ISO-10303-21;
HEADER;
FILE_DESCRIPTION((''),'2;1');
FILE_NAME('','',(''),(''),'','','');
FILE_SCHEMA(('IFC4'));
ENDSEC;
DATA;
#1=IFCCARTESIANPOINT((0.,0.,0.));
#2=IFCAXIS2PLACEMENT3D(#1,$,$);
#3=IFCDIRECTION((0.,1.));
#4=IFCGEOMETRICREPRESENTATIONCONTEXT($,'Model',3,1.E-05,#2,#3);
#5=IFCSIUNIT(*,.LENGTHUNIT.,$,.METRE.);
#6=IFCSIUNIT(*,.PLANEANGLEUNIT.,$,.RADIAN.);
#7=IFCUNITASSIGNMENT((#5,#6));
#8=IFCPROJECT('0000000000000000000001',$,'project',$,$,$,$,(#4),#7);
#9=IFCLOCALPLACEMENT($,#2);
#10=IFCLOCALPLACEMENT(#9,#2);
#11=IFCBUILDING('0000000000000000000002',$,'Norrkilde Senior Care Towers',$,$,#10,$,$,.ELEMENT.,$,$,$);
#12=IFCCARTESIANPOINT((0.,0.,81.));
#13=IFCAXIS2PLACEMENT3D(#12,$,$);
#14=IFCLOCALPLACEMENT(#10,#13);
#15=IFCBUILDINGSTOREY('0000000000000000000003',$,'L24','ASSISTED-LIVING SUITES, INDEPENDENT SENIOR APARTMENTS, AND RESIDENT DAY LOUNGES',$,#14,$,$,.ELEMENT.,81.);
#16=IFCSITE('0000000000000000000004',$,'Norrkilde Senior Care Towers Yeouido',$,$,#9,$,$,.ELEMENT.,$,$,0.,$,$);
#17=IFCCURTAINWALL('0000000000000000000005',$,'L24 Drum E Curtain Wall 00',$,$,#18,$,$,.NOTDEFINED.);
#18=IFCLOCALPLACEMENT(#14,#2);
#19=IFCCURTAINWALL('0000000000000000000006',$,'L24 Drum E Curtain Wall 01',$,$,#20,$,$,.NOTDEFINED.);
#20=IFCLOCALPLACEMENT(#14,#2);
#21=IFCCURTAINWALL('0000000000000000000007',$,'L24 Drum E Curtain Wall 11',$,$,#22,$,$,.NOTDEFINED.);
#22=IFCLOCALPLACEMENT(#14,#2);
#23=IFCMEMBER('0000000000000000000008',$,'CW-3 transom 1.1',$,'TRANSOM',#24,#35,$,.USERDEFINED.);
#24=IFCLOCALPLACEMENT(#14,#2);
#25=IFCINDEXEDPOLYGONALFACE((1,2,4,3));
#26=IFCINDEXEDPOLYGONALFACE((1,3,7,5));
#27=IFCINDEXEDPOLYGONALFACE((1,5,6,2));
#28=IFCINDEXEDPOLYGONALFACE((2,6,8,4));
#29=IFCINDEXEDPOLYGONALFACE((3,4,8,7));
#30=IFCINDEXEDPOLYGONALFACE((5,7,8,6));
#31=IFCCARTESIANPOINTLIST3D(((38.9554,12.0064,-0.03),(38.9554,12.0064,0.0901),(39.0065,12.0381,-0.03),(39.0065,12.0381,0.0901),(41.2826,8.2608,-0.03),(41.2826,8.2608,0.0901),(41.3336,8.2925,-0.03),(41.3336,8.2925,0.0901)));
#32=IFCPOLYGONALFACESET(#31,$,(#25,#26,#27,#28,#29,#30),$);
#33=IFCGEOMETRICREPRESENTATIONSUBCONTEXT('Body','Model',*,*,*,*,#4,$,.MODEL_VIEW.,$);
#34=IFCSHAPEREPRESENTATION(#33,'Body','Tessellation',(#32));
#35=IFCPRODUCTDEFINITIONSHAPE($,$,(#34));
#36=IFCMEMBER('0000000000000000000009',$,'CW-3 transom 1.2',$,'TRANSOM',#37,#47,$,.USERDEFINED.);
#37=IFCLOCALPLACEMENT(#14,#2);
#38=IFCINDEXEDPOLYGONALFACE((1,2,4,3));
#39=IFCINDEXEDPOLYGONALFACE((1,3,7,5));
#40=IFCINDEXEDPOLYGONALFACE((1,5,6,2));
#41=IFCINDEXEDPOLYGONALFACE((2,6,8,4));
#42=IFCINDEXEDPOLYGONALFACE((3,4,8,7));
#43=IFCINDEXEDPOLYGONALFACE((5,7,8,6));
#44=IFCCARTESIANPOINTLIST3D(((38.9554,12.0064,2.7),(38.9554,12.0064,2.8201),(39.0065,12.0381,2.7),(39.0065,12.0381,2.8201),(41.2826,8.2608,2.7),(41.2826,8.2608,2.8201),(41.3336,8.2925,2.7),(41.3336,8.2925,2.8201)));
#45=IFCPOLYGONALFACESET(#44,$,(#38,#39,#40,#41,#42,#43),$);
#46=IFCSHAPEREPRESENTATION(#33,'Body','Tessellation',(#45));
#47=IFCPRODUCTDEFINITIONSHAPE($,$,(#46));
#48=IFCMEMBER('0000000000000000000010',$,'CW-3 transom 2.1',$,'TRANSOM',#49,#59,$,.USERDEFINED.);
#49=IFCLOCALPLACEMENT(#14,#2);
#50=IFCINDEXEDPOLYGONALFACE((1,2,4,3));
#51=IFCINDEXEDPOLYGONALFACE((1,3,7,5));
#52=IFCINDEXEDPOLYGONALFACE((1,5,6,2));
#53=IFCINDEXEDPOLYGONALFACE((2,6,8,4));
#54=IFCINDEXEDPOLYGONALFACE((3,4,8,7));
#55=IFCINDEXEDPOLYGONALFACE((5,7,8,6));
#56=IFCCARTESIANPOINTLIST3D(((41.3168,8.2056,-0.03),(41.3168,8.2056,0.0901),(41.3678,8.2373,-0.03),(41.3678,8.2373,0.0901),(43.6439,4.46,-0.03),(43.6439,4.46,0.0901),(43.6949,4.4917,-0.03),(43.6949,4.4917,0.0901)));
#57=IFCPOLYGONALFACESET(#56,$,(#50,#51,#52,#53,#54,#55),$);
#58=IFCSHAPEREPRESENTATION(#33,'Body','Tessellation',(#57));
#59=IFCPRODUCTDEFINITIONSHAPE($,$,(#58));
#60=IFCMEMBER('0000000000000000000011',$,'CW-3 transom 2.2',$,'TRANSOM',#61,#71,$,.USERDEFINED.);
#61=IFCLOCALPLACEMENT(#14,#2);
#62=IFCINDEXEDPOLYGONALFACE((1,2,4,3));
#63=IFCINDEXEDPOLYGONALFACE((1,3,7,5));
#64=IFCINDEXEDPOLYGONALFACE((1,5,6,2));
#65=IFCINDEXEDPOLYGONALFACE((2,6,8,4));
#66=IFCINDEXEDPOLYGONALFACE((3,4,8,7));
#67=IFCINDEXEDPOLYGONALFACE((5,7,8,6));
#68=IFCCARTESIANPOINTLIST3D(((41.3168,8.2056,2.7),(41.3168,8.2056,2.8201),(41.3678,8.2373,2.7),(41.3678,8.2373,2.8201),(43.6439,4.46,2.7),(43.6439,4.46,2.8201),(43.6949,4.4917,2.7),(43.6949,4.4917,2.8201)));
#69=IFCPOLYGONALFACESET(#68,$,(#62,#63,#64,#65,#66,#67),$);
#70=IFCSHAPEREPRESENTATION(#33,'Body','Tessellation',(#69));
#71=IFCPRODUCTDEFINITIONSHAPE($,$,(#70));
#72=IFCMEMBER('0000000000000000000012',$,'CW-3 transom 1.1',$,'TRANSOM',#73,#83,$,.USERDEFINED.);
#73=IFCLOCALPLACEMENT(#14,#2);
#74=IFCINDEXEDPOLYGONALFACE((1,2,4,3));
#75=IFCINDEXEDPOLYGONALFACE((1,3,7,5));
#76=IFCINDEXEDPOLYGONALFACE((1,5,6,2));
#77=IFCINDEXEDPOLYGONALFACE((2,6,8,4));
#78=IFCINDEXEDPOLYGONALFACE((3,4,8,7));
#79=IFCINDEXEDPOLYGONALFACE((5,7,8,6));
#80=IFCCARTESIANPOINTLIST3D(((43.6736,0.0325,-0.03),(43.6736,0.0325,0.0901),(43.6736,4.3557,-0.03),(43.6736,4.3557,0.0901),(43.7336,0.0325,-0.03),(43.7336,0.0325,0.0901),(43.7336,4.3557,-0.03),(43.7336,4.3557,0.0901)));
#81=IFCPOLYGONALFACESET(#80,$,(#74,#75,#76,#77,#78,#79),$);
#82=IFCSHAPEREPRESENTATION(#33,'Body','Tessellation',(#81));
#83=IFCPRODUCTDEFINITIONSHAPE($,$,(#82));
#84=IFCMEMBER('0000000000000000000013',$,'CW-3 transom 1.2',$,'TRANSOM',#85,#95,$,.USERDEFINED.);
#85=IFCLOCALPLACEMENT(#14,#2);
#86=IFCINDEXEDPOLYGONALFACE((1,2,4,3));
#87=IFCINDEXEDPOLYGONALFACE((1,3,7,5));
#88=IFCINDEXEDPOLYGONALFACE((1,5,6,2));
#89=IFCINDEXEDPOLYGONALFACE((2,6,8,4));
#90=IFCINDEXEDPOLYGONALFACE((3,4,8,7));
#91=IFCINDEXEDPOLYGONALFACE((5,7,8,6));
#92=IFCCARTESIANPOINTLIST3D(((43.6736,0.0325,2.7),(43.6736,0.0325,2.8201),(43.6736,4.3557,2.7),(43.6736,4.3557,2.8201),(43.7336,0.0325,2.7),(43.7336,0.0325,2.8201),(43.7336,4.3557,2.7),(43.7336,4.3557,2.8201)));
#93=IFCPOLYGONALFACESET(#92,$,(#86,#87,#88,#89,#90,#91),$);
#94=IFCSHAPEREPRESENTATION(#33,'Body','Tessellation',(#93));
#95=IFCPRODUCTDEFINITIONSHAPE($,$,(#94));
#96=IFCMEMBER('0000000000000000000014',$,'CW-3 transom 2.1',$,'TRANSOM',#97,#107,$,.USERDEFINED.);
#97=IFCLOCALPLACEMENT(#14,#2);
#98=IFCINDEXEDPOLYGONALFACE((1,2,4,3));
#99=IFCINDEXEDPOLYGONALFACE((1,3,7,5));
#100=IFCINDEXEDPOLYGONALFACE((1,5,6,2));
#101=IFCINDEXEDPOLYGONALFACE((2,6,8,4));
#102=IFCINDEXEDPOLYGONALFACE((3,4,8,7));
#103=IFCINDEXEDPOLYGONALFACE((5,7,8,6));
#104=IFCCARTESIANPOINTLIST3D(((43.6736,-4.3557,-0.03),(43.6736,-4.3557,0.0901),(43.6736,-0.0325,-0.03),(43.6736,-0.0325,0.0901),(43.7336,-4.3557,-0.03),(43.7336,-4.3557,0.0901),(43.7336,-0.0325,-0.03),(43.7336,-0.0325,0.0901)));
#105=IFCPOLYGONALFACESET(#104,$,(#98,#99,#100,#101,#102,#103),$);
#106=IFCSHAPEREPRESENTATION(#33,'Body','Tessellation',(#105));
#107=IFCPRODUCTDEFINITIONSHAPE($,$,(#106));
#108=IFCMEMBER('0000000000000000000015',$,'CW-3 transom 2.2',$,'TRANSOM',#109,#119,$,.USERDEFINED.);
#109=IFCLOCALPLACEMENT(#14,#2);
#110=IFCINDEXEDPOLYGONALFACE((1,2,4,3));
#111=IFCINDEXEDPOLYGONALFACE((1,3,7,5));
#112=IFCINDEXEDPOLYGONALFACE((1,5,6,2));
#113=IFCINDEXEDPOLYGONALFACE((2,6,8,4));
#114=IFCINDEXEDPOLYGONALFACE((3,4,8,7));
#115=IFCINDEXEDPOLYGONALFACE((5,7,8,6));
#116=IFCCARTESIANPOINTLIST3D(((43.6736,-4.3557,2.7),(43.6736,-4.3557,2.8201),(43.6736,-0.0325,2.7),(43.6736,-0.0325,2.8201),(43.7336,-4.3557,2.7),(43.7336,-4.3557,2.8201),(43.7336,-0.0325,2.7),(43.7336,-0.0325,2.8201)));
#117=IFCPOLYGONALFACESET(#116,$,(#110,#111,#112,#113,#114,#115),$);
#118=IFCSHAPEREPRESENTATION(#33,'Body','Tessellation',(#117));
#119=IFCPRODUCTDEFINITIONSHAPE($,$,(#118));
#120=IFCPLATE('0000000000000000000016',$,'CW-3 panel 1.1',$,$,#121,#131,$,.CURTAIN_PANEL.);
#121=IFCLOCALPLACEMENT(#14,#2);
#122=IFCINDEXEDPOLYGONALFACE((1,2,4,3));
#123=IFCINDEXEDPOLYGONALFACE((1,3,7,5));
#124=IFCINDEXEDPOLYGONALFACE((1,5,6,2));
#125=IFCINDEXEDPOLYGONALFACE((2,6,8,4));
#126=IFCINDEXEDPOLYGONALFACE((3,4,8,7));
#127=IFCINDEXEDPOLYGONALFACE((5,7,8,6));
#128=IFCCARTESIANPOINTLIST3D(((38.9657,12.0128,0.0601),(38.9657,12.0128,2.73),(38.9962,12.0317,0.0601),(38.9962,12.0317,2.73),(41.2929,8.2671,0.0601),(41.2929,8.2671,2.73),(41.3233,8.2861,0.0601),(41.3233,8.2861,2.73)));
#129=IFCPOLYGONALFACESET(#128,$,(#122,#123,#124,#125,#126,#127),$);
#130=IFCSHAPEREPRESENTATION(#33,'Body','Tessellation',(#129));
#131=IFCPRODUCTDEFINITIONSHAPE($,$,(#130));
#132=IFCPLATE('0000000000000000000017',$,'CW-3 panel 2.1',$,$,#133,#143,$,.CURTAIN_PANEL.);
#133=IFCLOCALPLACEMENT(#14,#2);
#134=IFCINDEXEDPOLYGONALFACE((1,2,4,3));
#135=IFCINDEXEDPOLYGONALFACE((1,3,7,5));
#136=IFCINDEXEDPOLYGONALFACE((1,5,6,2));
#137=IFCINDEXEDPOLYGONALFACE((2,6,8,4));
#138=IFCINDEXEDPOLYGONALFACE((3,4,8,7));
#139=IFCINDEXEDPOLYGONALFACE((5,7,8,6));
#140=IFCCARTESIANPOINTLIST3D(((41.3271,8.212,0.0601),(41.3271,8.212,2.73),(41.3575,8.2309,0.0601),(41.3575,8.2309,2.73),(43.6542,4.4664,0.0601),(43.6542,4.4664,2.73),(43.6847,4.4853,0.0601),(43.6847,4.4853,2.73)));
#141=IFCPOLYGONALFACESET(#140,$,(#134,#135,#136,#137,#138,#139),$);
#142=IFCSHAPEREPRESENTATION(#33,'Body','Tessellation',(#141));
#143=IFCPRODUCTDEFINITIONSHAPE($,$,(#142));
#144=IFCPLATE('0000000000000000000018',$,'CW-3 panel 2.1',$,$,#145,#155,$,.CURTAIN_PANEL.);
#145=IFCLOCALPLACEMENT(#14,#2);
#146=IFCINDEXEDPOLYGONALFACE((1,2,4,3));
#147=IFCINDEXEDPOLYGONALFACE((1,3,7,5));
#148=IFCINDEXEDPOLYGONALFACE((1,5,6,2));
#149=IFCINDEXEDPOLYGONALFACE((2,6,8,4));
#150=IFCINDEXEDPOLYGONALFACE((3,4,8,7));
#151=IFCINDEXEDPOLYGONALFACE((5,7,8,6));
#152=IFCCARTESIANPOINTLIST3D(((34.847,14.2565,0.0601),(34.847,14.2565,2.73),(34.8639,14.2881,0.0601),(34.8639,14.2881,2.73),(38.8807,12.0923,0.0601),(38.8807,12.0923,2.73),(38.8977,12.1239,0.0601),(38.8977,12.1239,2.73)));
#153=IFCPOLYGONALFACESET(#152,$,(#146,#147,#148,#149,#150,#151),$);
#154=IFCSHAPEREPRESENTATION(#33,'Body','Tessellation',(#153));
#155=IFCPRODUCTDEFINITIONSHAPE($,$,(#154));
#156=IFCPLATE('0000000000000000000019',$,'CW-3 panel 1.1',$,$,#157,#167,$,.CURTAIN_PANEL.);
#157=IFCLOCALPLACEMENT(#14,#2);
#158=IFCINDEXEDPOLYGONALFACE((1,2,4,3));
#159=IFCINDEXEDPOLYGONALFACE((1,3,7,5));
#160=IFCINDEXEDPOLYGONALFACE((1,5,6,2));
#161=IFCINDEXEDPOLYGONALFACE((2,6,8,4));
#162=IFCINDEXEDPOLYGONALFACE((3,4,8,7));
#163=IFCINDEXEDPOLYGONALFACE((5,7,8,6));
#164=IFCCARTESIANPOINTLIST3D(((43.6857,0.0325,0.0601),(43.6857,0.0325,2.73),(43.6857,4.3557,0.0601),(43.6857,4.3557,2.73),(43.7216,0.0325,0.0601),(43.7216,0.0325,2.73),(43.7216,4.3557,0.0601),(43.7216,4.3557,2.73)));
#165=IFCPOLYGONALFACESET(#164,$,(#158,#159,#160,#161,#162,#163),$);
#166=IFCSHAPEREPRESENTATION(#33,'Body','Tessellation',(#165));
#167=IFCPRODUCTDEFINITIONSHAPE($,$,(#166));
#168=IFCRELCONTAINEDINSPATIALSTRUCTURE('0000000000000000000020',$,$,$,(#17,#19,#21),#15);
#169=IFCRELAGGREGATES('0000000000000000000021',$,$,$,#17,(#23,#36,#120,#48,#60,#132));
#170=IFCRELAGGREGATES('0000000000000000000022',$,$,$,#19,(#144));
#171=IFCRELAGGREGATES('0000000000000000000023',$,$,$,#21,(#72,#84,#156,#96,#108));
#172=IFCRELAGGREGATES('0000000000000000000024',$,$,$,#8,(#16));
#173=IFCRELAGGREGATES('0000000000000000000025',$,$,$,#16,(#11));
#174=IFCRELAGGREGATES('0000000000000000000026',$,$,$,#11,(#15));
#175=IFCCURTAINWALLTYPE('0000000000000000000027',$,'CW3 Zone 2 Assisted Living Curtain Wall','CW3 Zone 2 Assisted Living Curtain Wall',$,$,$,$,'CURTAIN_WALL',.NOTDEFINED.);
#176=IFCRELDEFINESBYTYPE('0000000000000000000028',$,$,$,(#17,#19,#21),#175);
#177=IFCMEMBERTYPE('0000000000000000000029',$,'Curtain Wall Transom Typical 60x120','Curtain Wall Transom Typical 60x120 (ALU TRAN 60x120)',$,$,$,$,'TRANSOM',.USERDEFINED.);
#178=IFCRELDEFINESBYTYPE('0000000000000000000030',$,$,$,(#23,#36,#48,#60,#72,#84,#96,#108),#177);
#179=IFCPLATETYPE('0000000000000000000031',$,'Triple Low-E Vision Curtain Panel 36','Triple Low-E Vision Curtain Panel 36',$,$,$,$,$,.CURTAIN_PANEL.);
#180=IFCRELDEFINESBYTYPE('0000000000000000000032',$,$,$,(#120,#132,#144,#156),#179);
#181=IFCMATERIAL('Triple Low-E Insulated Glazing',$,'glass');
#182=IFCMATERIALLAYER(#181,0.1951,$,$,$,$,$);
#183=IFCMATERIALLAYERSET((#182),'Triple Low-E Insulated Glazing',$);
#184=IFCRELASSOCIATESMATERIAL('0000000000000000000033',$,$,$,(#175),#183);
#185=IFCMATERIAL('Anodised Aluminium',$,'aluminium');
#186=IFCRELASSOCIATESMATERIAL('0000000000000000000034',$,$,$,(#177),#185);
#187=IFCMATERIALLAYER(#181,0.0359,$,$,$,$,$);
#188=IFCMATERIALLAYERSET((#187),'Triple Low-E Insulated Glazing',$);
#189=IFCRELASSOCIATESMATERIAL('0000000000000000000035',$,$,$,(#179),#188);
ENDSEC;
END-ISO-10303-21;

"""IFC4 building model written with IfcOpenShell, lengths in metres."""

from ifc_helpers import new_model, si_unit, direction, frame, origin, origin_2d, place, context, subcontext, project, spatial, rectangle, extrude, source, transform, mapped, material, layer, layer_set, material_profile, profile_set, type_object, type_shapes, element, aggregate, save


model = new_model("IFC4")

# Units and contexts
model_context = context("Model", 3, precision=1e-05, world=origin(), true_north=direction((0.0, 1.0)))
body_context = subcontext(model_context, "Body", "Model", "MODEL_VIEW")
ifc_project = project(units=[si_unit("LENGTHUNIT", "METRE"), si_unit("PLANEANGLEUNIT", "RADIAN")], contexts=[model_context])

# Site, building, storey
site_placement = place(None, origin())
site = spatial("IfcSite", under=ifc_project, at=site_placement, Name="Norrkilde Senior Care Towers Yeouido", CompositionType="ELEMENT", RefElevation=0.0)
building_placement = place(site_placement, origin())
building = spatial("IfcBuilding", under=site, at=building_placement, Name="Norrkilde Senior Care Towers", CompositionType="ELEMENT")
storey_placement = place(building_placement, frame((0.0, 0.0, 81.0)))
storey = spatial("IfcBuildingStorey", under=building, at=storey_placement, Name="L24", Description="ASSISTED-LIVING SUITES, INDEPENDENT SENIOR APARTMENTS, AND RESIDENT DAY LOUNGES", CompositionType="ELEMENT", Elevation=81.0)

# Curtain wall
ifc_material_1 = material(Name="Triple Low-E Insulated Glazing", Category="glass")
ifc_layer_1 = layer(ifc_material_1, 0.1951)
ifc_layer_set_1 = layer_set([ifc_layer_1], Name="Triple Low-E Insulated Glazing")
curtain_wall_type = type_object("IfcCurtainWallType", Name="CW3 Zone 2 Assisted Living Curtain Wall", Description="CW3 Zone 2 Assisted Living Curtain Wall", ElementType="CURTAIN_WALL", PredefinedType="NOTDEFINED", material=ifc_layer_set_1)
curtain_wall_1_placement = place(storey_placement, origin())
curtain_wall_1 = element("IfcCurtainWall", 1, at=curtain_wall_1_placement, inside=storey, type_object=curtain_wall_type, Name="L24 Drum E Curtain Wall 00", PredefinedType="NOTDEFINED")
ifc_material_2 = material(Name="Anodised Aluminium", Category="aluminium")

# Curtain wall
curtain_wall_2_placement = place(storey_placement, origin())
curtain_wall_2 = element("IfcCurtainWall", 2, at=curtain_wall_2_placement, inside=storey, type_object=curtain_wall_type, Name="L24 Drum E Curtain Wall 01", PredefinedType="NOTDEFINED")

# Curtain wall
curtain_wall_3_placement = place(storey_placement, origin())
curtain_wall_3 = element("IfcCurtainWall", 3, at=curtain_wall_3_placement, inside=storey, type_object=curtain_wall_type, Name="L24 Drum E Curtain Wall 11", PredefinedType="NOTDEFINED")

# Members
ifc_material_profile_1 = material_profile(ifc_material_2, rectangle(XDim=0.0601, YDim=0.1201, at=origin_2d()), Name="ALU TRAN 60x120")
ifc_profile_set_1 = profile_set([ifc_material_profile_1], Name="Anodised Aluminium")
member_type_1 = type_object("IfcMemberType", Name="Curtain Wall Transom Typical 60x120", Description="Curtain Wall Transom Typical 60x120 (ALU TRAN 60x120)", ElementType="TRANSOM", PredefinedType="USERDEFINED", material=ifc_profile_set_1)
shared_shape_1 = source(origin(), body_context, "Body", "SweptSolid", [
    extrude(rectangle(XDim=0.0601, YDim=0.1201, at=origin_2d()), origin(), (0.0, 0.0, 1.0), 4.4097),
])
member_1_placement = place(storey_placement, frame((38.981, 12.0222, 0.03), z_axis=(0.527738, -0.849407, 0.0), x_axis=(0.849407, 0.527738, 0.0)))
member_1 = element("IfcMember", 4, at=member_1_placement, type_object=member_type_1, Name="CW-3 transom 1.1", ObjectType="TRANSOM", PredefinedType="USERDEFINED", context=body_context, shape_type="MappedRepresentation", body=[
    mapped(shared_shape_1, transform((0.0, 0.0, 0.0), x_axis=(1.0, 0.0, 0.0), y_axis=(0.0, 1.0, 0.0), z_axis=(0.0, 0.0, 1.0), scale=1.0)),
])
member_2_placement = place(storey_placement, frame((38.981, 12.0222, 2.76), z_axis=(0.527738, -0.849407, 0.0), x_axis=(0.849407, 0.527738, 0.0)))
member_2 = element("IfcMember", 5, at=member_2_placement, type_object=member_type_1, Name="CW-3 transom 1.2", ObjectType="TRANSOM", PredefinedType="USERDEFINED", context=body_context, shape_type="MappedRepresentation", body=[
    mapped(shared_shape_1, transform((0.0, 0.0, 0.0), x_axis=(1.0, 0.0, 0.0), y_axis=(0.0, 1.0, 0.0), z_axis=(0.0, 0.0, 1.0), scale=1.0)),
])
member_3_placement = place(storey_placement, frame((41.3423, 8.2214, 0.03), z_axis=(0.527738, -0.849407, 0.0), x_axis=(0.849407, 0.527738, 0.0)))
member_3 = element("IfcMember", 6, at=member_3_placement, type_object=member_type_1, Name="CW-3 transom 2.1", ObjectType="TRANSOM", PredefinedType="USERDEFINED", context=body_context, shape_type="MappedRepresentation", body=[
    mapped(shared_shape_1, transform((0.0, 0.0, 0.0), x_axis=(1.0, 0.0, 0.0), y_axis=(0.0, 1.0, 0.0), z_axis=(0.0, 0.0, 1.0), scale=1.0)),
])
member_4_placement = place(storey_placement, frame((41.3423, 8.2214, 2.76), z_axis=(0.527738, -0.849407, 0.0), x_axis=(0.849407, 0.527738, 0.0)))
member_4 = element("IfcMember", 7, at=member_4_placement, type_object=member_type_1, Name="CW-3 transom 2.2", ObjectType="TRANSOM", PredefinedType="USERDEFINED", context=body_context, shape_type="MappedRepresentation", body=[
    mapped(shared_shape_1, transform((0.0, 0.0, 0.0), x_axis=(1.0, 0.0, 0.0), y_axis=(0.0, 1.0, 0.0), z_axis=(0.0, 0.0, 1.0), scale=1.0)),
])
shared_shape_2 = source(origin(), body_context, "Body", "SweptSolid", [
    extrude(rectangle(XDim=0.0601, YDim=0.1201, at=origin_2d()), origin(), (0.0, 0.0, 1.0), 4.3232),
])
type_shapes(member_type_1, [shared_shape_1, shared_shape_2])
member_5_placement = place(storey_placement, frame((43.7036, 4.3557, 0.03), z_axis=(0.0, -1.0, 0.0), x_axis=(1.0, 0.0, 0.0)))
member_5 = element("IfcMember", 8, at=member_5_placement, type_object=member_type_1, Name="CW-3 transom 1.1", ObjectType="TRANSOM", PredefinedType="USERDEFINED", context=body_context, shape_type="MappedRepresentation", body=[
    mapped(shared_shape_2, transform((0.0, 0.0, 0.0), x_axis=(1.0, 0.0, 0.0), y_axis=(0.0, 1.0, 0.0), z_axis=(0.0, 0.0, 1.0), scale=1.0)),
])
member_6_placement = place(storey_placement, frame((43.7036, 4.3557, 2.76), z_axis=(0.0, -1.0, 0.0), x_axis=(1.0, 0.0, 0.0)))
member_6 = element("IfcMember", 9, at=member_6_placement, type_object=member_type_1, Name="CW-3 transom 1.2", ObjectType="TRANSOM", PredefinedType="USERDEFINED", context=body_context, shape_type="MappedRepresentation", body=[
    mapped(shared_shape_2, transform((0.0, 0.0, 0.0), x_axis=(1.0, 0.0, 0.0), y_axis=(0.0, 1.0, 0.0), z_axis=(0.0, 0.0, 1.0), scale=1.0)),
])
member_7_placement = place(storey_placement, frame((43.7036, -0.0325, 0.03), z_axis=(0.0, -1.0, 0.0), x_axis=(1.0, 0.0, 0.0)))
member_7 = element("IfcMember", 10, at=member_7_placement, type_object=member_type_1, Name="CW-3 transom 2.1", ObjectType="TRANSOM", PredefinedType="USERDEFINED", context=body_context, shape_type="MappedRepresentation", body=[
    mapped(shared_shape_2, transform((0.0, 0.0, 0.0), x_axis=(1.0, 0.0, 0.0), y_axis=(0.0, 1.0, 0.0), z_axis=(0.0, 0.0, 1.0), scale=1.0)),
])
member_8_placement = place(storey_placement, frame((43.7036, -0.0325, 2.76), z_axis=(0.0, -1.0, 0.0), x_axis=(1.0, 0.0, 0.0)))
member_8 = element("IfcMember", 11, at=member_8_placement, type_object=member_type_1, Name="CW-3 transom 2.2", ObjectType="TRANSOM", PredefinedType="USERDEFINED", context=body_context, shape_type="MappedRepresentation", body=[
    mapped(shared_shape_2, transform((0.0, 0.0, 0.0), x_axis=(1.0, 0.0, 0.0), y_axis=(0.0, 1.0, 0.0), z_axis=(0.0, 0.0, 1.0), scale=1.0)),
])

# Plates
ifc_layer_2 = layer(ifc_material_1, 0.0359)
ifc_layer_set_2 = layer_set([ifc_layer_2], Name="Triple Low-E Insulated Glazing")
plate_type = type_object("IfcPlateType", Name="Triple Low-E Vision Curtain Panel 36", Description="Triple Low-E Vision Curtain Panel 36", PredefinedType="CURTAIN_PANEL", material=ifc_layer_set_2)
shared_shape_3 = source(origin(), body_context, "Body", "SweptSolid", [
    extrude(rectangle(XDim=4.4097, YDim=0.0359, at=origin_2d()), origin(), (0.0, 0.0, 1.0), 2.6699),
])
plate_1_placement = place(storey_placement, frame((40.1445, 10.1494, 0.0601), z_axis=(0.0, 0.0, 1.0), x_axis=(0.527733, -0.84941, 0.0)))
plate_1 = element("IfcPlate", 12, at=plate_1_placement, type_object=plate_type, Name="CW-3 panel 1.1", PredefinedType="CURTAIN_PANEL", context=body_context, shape_type="MappedRepresentation", body=[
    mapped(shared_shape_3, transform((0.0, 0.0, 0.0), x_axis=(1.0, 0.0, 0.0), y_axis=(0.0, 1.0, 0.0), z_axis=(0.0, 0.0, 1.0), scale=1.0)),
])
plate_2_placement = place(storey_placement, frame((42.5059, 6.3486, 0.0601), z_axis=(0.0, 0.0, 1.0), x_axis=(0.527733, -0.84941, 0.0)))
plate_2 = element("IfcPlate", 13, at=plate_2_placement, type_object=plate_type, Name="CW-3 panel 2.1", PredefinedType="CURTAIN_PANEL", context=body_context, shape_type="MappedRepresentation", body=[
    mapped(shared_shape_3, transform((0.0, 0.0, 0.0), x_axis=(1.0, 0.0, 0.0), y_axis=(0.0, 1.0, 0.0), z_axis=(0.0, 0.0, 1.0), scale=1.0)),
])
aggregate(curtain_wall_1, [member_1, member_2, plate_1, member_3, member_4, plate_2])
shared_shape_4 = source(origin(), body_context, "Body", "SweptSolid", [
    extrude(rectangle(XDim=4.5776, YDim=0.0359, at=origin_2d()), origin(), (0.0, 0.0, 1.0), 2.6699),
])
plate_3_placement = place(storey_placement, frame((36.8723, 13.1902, 0.0601), z_axis=(0.0, 0.0, 1.0), x_axis=(0.881186, -0.472769, 0.0)))
plate_3 = element("IfcPlate", 14, at=plate_3_placement, type_object=plate_type, Name="CW-3 panel 2.1", PredefinedType="CURTAIN_PANEL", context=body_context, shape_type="MappedRepresentation", body=[
    mapped(shared_shape_4, transform((0.0, 0.0, 0.0), x_axis=(1.0, 0.0, 0.0), y_axis=(0.0, 1.0, 0.0), z_axis=(0.0, 0.0, 1.0), scale=1.0)),
])
aggregate(curtain_wall_2, [plate_3])
shared_shape_5 = source(origin(), body_context, "Body", "SweptSolid", [
    extrude(rectangle(XDim=4.3232, YDim=0.0359, at=origin_2d()), origin(), (0.0, 0.0, 1.0), 2.6699),
])
type_shapes(plate_type, [shared_shape_3, shared_shape_4, shared_shape_5])
plate_4_placement = place(storey_placement, frame((43.7036, 2.1941, 0.0601), z_axis=(0.0, 0.0, 1.0), x_axis=(0.0, -1.0, 0.0)))
plate_4 = element("IfcPlate", 15, at=plate_4_placement, type_object=plate_type, Name="CW-3 panel 1.1", PredefinedType="CURTAIN_PANEL", context=body_context, shape_type="MappedRepresentation", body=[
    mapped(shared_shape_5, transform((0.0, 0.0, 0.0), x_axis=(1.0, 0.0, 0.0), y_axis=(0.0, 1.0, 0.0), z_axis=(0.0, 0.0, 1.0), scale=1.0)),
])
aggregate(curtain_wall_3, [member_5, member_6, plate_4, member_7, member_8])

save(model, "model.ifc")
